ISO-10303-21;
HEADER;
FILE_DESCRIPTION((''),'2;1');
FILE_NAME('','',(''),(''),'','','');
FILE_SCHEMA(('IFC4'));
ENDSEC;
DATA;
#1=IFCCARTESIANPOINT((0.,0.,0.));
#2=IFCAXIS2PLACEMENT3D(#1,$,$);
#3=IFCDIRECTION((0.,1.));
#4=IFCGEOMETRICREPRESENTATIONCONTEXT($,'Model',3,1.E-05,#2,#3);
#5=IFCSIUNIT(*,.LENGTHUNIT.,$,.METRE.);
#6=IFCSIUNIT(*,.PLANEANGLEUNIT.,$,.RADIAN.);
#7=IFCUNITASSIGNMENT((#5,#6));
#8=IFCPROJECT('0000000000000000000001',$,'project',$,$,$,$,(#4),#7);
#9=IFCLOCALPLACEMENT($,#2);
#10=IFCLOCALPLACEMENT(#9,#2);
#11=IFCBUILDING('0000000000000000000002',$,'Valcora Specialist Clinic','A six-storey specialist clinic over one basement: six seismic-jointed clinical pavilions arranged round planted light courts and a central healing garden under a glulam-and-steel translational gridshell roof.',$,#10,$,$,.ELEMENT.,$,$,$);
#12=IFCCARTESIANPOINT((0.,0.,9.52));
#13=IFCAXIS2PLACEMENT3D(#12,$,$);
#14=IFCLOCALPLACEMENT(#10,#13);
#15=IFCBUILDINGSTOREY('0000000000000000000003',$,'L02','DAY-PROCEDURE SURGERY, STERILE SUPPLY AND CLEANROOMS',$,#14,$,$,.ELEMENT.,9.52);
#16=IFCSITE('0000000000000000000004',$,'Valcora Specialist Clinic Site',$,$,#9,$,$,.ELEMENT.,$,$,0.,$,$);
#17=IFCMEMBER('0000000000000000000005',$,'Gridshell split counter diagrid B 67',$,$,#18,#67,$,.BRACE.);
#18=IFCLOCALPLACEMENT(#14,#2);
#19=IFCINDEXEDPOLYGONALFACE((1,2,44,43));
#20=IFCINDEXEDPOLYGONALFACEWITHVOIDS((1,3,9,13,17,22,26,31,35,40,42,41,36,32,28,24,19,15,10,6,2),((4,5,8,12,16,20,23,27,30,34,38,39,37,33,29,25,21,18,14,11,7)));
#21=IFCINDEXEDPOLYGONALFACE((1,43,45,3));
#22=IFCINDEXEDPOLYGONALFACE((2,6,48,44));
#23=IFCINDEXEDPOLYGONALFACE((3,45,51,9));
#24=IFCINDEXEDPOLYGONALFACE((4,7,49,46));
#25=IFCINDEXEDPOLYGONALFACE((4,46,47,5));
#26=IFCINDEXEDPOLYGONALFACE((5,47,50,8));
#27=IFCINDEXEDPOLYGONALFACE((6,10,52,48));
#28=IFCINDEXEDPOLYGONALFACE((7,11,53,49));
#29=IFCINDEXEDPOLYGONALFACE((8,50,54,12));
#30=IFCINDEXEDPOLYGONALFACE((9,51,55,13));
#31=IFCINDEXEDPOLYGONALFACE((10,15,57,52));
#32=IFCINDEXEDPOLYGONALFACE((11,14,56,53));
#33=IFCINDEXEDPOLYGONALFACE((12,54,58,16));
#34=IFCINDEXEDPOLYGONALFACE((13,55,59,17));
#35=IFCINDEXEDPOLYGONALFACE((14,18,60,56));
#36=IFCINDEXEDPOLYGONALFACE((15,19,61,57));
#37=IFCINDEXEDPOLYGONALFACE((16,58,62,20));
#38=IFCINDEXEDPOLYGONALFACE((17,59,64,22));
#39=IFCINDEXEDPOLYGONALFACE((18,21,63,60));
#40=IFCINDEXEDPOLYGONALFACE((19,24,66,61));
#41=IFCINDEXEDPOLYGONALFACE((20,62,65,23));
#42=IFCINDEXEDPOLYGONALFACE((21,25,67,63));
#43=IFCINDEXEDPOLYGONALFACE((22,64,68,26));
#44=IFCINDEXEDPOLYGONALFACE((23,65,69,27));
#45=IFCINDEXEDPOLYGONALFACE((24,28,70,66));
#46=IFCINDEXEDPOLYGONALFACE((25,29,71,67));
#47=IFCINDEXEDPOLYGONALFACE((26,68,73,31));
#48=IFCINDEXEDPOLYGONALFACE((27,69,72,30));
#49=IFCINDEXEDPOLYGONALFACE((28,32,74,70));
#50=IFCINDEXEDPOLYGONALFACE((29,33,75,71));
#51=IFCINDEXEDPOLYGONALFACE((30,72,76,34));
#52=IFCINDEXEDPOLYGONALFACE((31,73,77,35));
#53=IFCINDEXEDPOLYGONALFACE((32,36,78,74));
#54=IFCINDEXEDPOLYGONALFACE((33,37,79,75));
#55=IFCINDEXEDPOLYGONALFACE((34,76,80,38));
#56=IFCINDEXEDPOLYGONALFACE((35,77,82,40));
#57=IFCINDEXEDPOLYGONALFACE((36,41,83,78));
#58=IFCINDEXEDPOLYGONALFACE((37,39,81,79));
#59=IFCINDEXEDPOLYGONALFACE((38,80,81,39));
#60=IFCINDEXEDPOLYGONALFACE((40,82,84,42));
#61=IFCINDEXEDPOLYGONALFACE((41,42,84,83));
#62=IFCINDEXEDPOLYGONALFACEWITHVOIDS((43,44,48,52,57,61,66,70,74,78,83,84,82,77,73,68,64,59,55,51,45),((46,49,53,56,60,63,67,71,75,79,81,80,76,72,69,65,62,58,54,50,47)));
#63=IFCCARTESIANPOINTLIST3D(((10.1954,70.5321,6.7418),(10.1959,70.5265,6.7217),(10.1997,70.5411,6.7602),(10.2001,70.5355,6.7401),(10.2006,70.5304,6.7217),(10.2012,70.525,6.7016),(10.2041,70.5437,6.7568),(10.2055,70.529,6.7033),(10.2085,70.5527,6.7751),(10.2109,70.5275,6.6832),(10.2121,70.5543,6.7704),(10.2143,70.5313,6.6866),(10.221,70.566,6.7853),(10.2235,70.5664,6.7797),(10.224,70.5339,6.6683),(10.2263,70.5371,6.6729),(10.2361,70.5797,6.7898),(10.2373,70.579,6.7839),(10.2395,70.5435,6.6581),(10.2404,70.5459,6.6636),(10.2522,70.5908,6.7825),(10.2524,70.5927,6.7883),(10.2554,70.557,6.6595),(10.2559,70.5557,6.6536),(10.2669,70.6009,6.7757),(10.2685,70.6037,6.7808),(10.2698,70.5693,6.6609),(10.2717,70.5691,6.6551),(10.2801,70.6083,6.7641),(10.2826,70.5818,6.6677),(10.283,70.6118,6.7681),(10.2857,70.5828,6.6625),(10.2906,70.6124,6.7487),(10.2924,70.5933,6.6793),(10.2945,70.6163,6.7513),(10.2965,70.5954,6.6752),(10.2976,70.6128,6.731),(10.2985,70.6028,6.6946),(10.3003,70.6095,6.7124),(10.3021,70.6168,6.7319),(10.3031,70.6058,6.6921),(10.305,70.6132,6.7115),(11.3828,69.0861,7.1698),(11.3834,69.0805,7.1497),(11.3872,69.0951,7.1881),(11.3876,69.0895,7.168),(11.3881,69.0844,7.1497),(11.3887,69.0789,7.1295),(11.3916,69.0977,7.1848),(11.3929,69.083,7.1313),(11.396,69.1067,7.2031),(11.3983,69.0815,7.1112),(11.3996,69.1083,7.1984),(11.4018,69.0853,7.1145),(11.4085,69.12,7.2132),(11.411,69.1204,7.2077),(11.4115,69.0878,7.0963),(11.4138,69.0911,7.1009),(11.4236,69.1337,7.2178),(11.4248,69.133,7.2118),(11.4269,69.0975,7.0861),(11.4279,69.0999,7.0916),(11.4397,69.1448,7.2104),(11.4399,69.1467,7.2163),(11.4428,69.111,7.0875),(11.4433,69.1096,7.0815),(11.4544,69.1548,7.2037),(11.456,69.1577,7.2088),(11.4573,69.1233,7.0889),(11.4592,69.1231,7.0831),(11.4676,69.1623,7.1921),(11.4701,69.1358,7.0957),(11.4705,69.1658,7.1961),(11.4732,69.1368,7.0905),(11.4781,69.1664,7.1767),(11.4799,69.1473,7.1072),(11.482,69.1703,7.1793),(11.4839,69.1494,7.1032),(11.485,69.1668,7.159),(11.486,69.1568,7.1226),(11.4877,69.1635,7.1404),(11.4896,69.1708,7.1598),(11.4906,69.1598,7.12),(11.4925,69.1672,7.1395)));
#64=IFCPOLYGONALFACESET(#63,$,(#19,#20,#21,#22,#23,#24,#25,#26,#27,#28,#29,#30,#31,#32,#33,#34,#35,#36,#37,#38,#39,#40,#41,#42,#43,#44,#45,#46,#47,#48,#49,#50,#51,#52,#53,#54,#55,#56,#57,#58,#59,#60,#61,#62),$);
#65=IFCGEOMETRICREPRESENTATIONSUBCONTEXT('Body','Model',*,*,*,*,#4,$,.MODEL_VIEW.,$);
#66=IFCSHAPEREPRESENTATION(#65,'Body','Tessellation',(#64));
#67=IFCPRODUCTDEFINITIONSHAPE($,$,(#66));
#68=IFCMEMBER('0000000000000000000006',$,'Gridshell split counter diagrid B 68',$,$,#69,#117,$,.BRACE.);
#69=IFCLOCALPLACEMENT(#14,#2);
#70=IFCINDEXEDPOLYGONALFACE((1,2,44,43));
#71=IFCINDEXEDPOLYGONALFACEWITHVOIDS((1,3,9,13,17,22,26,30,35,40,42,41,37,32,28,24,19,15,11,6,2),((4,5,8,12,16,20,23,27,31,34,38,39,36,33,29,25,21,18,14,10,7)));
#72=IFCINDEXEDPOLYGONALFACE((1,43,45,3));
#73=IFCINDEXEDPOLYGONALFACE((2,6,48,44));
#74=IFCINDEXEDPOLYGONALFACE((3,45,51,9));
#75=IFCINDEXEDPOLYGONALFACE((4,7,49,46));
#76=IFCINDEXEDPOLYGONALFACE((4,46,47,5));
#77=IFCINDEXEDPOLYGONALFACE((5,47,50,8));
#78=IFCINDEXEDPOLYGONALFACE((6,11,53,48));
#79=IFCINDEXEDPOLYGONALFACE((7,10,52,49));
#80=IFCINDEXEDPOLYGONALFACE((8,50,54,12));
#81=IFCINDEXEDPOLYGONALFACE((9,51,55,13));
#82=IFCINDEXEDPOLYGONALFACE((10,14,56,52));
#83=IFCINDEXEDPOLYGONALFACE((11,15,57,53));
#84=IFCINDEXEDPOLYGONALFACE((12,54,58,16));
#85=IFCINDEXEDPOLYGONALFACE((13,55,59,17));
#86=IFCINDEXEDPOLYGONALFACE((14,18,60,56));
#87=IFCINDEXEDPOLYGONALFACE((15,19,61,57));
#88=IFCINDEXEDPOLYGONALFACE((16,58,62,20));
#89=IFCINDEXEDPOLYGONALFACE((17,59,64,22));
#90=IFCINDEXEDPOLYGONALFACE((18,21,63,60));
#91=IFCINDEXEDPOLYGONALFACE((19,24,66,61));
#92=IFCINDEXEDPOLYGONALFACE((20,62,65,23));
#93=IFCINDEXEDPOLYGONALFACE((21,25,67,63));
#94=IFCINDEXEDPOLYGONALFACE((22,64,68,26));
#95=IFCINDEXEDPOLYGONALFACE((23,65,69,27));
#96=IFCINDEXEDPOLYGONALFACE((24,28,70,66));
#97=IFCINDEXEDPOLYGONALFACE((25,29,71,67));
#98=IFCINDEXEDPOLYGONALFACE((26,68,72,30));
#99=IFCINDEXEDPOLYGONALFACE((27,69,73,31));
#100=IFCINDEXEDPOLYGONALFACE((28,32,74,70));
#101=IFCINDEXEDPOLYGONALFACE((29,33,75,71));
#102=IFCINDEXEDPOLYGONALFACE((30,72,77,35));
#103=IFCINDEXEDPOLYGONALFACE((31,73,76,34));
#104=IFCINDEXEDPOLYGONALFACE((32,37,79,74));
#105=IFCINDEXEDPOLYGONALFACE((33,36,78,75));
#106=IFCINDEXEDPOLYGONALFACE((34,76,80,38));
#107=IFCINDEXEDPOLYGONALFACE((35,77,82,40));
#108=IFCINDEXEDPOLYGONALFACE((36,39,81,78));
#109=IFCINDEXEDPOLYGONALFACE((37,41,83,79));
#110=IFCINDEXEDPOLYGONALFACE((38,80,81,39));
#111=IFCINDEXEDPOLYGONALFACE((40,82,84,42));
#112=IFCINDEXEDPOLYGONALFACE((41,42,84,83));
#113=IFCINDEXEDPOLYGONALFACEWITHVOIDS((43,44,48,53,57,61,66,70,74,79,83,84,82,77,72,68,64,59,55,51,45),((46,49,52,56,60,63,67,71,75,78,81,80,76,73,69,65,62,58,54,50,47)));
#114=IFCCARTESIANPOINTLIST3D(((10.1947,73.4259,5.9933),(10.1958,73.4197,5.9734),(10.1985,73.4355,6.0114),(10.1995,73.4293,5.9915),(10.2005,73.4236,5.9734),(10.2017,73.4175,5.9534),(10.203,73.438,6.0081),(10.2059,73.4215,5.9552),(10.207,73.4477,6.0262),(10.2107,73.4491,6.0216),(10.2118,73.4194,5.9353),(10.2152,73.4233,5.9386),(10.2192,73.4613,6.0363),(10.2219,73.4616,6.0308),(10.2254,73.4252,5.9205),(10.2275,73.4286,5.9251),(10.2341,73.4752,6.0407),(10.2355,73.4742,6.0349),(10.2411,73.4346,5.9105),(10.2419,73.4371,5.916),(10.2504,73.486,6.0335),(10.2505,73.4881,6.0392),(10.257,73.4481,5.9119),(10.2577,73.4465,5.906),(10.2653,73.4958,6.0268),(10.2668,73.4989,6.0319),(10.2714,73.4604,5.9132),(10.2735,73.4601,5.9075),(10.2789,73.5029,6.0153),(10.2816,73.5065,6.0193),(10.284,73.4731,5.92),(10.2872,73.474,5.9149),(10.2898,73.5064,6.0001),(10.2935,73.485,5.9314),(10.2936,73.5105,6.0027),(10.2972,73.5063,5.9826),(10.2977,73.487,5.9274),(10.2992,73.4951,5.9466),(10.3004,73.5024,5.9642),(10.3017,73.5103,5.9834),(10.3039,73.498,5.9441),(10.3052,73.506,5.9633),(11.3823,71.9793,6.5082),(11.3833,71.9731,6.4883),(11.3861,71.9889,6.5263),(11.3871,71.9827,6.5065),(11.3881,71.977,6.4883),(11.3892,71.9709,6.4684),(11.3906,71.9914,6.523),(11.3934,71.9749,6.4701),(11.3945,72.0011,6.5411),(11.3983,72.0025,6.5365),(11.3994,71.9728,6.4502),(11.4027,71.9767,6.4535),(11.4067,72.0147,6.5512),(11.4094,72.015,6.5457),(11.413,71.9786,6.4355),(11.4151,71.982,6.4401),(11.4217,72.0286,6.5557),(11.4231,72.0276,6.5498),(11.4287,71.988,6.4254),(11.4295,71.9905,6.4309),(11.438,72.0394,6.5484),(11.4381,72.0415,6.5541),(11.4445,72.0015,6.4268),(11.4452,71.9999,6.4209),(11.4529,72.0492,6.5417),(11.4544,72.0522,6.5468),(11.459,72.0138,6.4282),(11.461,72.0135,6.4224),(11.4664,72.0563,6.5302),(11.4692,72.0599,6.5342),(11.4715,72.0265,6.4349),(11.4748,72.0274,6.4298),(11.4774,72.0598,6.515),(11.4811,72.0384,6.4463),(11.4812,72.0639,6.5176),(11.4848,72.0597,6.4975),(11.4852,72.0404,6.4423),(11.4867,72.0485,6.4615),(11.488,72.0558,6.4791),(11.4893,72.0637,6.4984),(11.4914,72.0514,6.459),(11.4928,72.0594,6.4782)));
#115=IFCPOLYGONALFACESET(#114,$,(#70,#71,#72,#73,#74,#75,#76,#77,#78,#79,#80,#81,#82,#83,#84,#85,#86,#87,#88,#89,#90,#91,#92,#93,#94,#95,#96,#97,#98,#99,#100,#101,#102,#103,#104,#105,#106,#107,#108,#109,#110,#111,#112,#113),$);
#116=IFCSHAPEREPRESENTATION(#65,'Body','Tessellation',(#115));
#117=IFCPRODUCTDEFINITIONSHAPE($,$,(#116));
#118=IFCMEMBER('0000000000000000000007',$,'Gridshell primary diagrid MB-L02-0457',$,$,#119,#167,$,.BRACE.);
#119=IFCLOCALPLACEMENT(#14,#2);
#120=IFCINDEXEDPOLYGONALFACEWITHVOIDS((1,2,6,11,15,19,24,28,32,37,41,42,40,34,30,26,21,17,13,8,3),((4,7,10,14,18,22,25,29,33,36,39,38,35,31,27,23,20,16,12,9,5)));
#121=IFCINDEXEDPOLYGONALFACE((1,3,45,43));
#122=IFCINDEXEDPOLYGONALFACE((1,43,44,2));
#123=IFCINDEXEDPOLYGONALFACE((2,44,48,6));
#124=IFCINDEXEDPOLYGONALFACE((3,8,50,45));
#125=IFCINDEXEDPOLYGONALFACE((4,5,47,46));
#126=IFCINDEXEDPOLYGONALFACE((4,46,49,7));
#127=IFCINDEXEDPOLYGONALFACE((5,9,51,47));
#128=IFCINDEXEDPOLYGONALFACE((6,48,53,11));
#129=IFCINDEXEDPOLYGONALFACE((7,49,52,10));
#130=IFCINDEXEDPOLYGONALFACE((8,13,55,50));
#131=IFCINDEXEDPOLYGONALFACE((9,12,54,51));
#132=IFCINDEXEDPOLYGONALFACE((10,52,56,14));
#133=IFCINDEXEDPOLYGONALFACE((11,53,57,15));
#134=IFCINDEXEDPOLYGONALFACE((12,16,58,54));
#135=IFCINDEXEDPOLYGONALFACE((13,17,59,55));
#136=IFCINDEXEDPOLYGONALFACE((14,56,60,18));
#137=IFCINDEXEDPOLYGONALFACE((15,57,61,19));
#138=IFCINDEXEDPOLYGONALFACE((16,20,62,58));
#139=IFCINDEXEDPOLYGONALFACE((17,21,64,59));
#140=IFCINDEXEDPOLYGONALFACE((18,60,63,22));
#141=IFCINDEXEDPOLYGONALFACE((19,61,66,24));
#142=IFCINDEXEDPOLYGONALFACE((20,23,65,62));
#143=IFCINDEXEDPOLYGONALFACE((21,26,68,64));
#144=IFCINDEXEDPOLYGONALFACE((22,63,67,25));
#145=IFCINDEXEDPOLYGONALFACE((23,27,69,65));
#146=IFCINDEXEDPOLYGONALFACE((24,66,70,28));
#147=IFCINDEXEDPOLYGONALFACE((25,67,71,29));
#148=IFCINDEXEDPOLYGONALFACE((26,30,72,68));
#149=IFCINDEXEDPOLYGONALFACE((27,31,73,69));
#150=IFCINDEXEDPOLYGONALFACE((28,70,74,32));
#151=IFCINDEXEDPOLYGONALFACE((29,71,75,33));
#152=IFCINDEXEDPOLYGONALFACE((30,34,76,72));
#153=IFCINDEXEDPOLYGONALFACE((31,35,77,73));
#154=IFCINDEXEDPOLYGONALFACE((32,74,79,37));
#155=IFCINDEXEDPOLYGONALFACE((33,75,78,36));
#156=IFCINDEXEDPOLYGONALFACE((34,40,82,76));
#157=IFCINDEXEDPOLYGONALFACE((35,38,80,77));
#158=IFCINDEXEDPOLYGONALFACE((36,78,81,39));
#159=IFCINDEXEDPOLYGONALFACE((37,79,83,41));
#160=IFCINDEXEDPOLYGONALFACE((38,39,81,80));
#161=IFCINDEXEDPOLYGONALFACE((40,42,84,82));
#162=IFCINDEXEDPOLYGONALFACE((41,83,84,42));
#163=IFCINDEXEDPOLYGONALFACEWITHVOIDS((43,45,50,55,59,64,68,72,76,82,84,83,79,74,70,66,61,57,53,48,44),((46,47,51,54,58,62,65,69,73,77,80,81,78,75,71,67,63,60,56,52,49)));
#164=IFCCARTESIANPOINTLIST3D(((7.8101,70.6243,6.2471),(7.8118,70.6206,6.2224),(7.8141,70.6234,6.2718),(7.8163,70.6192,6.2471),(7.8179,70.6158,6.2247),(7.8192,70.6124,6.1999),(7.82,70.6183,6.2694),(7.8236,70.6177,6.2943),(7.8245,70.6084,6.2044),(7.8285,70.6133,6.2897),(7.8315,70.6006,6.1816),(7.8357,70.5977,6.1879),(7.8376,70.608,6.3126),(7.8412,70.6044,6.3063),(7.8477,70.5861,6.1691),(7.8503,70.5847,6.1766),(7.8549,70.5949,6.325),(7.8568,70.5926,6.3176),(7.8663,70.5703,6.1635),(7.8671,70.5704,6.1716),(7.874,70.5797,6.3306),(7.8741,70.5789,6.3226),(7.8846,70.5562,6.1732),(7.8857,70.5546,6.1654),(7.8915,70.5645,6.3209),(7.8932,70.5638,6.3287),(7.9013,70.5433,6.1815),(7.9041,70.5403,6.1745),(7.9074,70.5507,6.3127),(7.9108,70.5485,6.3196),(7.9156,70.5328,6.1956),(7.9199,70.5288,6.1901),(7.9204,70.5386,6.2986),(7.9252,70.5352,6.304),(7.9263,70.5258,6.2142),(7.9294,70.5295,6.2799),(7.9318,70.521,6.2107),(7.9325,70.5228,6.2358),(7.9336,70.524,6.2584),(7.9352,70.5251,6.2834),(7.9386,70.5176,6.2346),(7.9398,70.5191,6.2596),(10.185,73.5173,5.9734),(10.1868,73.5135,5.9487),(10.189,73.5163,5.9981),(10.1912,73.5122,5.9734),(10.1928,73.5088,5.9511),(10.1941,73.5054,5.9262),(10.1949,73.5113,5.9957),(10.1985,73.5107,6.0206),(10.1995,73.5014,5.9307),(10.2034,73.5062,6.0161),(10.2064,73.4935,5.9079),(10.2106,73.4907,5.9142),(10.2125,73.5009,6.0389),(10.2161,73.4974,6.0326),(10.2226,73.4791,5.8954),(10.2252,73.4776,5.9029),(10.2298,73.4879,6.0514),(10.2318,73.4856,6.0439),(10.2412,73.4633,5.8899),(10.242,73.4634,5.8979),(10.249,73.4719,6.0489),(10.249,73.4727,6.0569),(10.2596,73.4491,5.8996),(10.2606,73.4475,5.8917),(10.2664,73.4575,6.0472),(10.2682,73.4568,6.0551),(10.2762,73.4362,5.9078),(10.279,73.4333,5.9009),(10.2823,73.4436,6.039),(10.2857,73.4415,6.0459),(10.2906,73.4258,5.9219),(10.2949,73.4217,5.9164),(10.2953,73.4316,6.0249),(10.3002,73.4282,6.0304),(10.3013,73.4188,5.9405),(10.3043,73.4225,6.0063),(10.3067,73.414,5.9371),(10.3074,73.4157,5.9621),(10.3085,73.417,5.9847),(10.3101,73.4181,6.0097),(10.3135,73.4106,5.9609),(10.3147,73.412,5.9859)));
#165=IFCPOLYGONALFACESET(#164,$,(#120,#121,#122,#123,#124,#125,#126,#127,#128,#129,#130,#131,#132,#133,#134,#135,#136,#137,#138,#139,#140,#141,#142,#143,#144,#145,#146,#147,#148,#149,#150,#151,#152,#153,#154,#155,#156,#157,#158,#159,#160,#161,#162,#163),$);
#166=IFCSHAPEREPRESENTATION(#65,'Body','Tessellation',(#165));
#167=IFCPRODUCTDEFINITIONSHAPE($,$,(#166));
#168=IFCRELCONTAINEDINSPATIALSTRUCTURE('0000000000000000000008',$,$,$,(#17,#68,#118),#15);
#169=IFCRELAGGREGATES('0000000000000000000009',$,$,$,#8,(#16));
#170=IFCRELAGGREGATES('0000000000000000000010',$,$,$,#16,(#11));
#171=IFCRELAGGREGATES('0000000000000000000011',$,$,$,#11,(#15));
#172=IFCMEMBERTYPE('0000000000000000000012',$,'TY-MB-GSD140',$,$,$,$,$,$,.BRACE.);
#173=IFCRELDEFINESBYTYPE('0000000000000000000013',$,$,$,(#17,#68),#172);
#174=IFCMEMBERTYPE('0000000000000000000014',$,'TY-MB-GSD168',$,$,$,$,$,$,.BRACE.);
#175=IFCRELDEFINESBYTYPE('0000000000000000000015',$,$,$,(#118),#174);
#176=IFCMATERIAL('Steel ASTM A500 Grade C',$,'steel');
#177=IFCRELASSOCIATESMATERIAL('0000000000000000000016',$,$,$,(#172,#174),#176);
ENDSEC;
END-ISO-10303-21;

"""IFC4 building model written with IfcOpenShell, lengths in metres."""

from ifc_helpers import new_model, si_unit, direction, frame, origin, origin_2d, place, context, subcontext, project, spatial, hollow_circle, extrude, material, material_profile, profile_set, type_object, element, save


model = new_model("IFC4")

# Units and contexts
model_context = context("Model", 3, precision=1e-05, world=origin(), true_north=direction((0.0, 1.0)))
body_context = subcontext(model_context, "Body", "Model", "MODEL_VIEW")
ifc_project = project(units=[si_unit("LENGTHUNIT", "METRE"), si_unit("PLANEANGLEUNIT", "RADIAN")], contexts=[model_context])

# Site, building, storey
site_placement = place(None, origin())
site = spatial("IfcSite", under=ifc_project, at=site_placement, Name="Valcora Specialist Clinic Site", CompositionType="ELEMENT", RefElevation=0.0)
building_placement = place(site_placement, origin())
building = spatial("IfcBuilding", under=site, at=building_placement, Name="Valcora Specialist Clinic", Description="A six-storey specialist clinic over one basement: six seismic-jointed clinical pavilions arranged round planted light courts and a central healing garden under a glulam-and-steel translational gridshell roof.", CompositionType="ELEMENT")
storey_placement = place(building_placement, frame((0.0, 0.0, 9.52)))
storey = spatial("IfcBuildingStorey", under=building, at=storey_placement, Name="L02", Description="DAY-PROCEDURE SURGERY, STERILE SUPPLY AND CLEANROOMS", CompositionType="ELEMENT", Elevation=9.52)

# Members
ifc_material_1 = material(Name="Steel ASTM A500 Grade C", Category="steel")
ifc_material_profile_1 = material_profile(ifc_material_1, hollow_circle(Radius=0.0701, WallThickness=0.0061, at=origin_2d()), Name="ST-CHS-140X6")
ifc_profile_set_1 = profile_set([ifc_material_profile_1], Name="Steel ASTM A500 Grade C")
member_type_1 = type_object("IfcMemberType", Name="TY-MB-GSD140", PredefinedType="BRACE", material=ifc_profile_set_1)
member_1_placement = place(storey_placement, frame((11.4375, 69.125, 7.1497), z_axis=(-0.61866, 0.753356, -0.222967), x_axis=(-0.772811, -0.634636, 0.0)))
element("IfcMember", 1, at=member_1_placement, inside=storey, type_object=member_type_1, Name="Gridshell split counter diagrid B 67", PredefinedType="BRACE", context=body_context, shape_type="SweptSolid", body=[
    extrude(hollow_circle(Radius=0.0701, WallThickness=0.0061, at=origin_2d()), origin(), (0.0, 0.0, 1.0), 1.9194),
])
member_2_placement = place(storey_placement, frame((11.4375, 72.0176, 6.4883), z_axis=(-0.611778, 0.745227, -0.265263), x_axis=(-0.772916, -0.634508, 0.0)))
element("IfcMember", 2, at=member_2_placement, inside=storey, type_object=member_type_1, Name="Gridshell split counter diagrid B 68", PredefinedType="BRACE", context=body_context, shape_type="SweptSolid", body=[
    extrude(hollow_circle(Radius=0.0701, WallThickness=0.0061, at=origin_2d()), origin(), (0.0, 0.0, 1.0), 1.9412),
])
ifc_material_profile_2 = material_profile(ifc_material_1, hollow_circle(Radius=0.084, WallThickness=0.0081, at=origin_2d()), Name="ST-CHS-168X8")
ifc_profile_set_2 = profile_set([ifc_material_profile_2], Name="Steel ASTM A500 Grade C")
member_type_2 = type_object("IfcMemberType", Name="TY-MB-GSD168", PredefinedType="BRACE", material=ifc_profile_set_2)
member_3_placement = place(storey_placement, frame((7.875, 70.571, 6.2471), z_axis=(0.632819, 0.770858, -0.072923), x_axis=(-0.772916, 0.634508, 0.0)))
element("IfcMember", 3, at=member_3_placement, inside=storey, type_object=member_type_2, Name="Gridshell primary diagrid MB-L02-0457", PredefinedType="BRACE", context=body_context, shape_type="SweptSolid", body=[
    extrude(hollow_circle(Radius=0.084, WallThickness=0.0081, at=origin_2d()), origin(), (0.0, 0.0, 1.0), 3.7529),
])

save(model, "model.ifc")
